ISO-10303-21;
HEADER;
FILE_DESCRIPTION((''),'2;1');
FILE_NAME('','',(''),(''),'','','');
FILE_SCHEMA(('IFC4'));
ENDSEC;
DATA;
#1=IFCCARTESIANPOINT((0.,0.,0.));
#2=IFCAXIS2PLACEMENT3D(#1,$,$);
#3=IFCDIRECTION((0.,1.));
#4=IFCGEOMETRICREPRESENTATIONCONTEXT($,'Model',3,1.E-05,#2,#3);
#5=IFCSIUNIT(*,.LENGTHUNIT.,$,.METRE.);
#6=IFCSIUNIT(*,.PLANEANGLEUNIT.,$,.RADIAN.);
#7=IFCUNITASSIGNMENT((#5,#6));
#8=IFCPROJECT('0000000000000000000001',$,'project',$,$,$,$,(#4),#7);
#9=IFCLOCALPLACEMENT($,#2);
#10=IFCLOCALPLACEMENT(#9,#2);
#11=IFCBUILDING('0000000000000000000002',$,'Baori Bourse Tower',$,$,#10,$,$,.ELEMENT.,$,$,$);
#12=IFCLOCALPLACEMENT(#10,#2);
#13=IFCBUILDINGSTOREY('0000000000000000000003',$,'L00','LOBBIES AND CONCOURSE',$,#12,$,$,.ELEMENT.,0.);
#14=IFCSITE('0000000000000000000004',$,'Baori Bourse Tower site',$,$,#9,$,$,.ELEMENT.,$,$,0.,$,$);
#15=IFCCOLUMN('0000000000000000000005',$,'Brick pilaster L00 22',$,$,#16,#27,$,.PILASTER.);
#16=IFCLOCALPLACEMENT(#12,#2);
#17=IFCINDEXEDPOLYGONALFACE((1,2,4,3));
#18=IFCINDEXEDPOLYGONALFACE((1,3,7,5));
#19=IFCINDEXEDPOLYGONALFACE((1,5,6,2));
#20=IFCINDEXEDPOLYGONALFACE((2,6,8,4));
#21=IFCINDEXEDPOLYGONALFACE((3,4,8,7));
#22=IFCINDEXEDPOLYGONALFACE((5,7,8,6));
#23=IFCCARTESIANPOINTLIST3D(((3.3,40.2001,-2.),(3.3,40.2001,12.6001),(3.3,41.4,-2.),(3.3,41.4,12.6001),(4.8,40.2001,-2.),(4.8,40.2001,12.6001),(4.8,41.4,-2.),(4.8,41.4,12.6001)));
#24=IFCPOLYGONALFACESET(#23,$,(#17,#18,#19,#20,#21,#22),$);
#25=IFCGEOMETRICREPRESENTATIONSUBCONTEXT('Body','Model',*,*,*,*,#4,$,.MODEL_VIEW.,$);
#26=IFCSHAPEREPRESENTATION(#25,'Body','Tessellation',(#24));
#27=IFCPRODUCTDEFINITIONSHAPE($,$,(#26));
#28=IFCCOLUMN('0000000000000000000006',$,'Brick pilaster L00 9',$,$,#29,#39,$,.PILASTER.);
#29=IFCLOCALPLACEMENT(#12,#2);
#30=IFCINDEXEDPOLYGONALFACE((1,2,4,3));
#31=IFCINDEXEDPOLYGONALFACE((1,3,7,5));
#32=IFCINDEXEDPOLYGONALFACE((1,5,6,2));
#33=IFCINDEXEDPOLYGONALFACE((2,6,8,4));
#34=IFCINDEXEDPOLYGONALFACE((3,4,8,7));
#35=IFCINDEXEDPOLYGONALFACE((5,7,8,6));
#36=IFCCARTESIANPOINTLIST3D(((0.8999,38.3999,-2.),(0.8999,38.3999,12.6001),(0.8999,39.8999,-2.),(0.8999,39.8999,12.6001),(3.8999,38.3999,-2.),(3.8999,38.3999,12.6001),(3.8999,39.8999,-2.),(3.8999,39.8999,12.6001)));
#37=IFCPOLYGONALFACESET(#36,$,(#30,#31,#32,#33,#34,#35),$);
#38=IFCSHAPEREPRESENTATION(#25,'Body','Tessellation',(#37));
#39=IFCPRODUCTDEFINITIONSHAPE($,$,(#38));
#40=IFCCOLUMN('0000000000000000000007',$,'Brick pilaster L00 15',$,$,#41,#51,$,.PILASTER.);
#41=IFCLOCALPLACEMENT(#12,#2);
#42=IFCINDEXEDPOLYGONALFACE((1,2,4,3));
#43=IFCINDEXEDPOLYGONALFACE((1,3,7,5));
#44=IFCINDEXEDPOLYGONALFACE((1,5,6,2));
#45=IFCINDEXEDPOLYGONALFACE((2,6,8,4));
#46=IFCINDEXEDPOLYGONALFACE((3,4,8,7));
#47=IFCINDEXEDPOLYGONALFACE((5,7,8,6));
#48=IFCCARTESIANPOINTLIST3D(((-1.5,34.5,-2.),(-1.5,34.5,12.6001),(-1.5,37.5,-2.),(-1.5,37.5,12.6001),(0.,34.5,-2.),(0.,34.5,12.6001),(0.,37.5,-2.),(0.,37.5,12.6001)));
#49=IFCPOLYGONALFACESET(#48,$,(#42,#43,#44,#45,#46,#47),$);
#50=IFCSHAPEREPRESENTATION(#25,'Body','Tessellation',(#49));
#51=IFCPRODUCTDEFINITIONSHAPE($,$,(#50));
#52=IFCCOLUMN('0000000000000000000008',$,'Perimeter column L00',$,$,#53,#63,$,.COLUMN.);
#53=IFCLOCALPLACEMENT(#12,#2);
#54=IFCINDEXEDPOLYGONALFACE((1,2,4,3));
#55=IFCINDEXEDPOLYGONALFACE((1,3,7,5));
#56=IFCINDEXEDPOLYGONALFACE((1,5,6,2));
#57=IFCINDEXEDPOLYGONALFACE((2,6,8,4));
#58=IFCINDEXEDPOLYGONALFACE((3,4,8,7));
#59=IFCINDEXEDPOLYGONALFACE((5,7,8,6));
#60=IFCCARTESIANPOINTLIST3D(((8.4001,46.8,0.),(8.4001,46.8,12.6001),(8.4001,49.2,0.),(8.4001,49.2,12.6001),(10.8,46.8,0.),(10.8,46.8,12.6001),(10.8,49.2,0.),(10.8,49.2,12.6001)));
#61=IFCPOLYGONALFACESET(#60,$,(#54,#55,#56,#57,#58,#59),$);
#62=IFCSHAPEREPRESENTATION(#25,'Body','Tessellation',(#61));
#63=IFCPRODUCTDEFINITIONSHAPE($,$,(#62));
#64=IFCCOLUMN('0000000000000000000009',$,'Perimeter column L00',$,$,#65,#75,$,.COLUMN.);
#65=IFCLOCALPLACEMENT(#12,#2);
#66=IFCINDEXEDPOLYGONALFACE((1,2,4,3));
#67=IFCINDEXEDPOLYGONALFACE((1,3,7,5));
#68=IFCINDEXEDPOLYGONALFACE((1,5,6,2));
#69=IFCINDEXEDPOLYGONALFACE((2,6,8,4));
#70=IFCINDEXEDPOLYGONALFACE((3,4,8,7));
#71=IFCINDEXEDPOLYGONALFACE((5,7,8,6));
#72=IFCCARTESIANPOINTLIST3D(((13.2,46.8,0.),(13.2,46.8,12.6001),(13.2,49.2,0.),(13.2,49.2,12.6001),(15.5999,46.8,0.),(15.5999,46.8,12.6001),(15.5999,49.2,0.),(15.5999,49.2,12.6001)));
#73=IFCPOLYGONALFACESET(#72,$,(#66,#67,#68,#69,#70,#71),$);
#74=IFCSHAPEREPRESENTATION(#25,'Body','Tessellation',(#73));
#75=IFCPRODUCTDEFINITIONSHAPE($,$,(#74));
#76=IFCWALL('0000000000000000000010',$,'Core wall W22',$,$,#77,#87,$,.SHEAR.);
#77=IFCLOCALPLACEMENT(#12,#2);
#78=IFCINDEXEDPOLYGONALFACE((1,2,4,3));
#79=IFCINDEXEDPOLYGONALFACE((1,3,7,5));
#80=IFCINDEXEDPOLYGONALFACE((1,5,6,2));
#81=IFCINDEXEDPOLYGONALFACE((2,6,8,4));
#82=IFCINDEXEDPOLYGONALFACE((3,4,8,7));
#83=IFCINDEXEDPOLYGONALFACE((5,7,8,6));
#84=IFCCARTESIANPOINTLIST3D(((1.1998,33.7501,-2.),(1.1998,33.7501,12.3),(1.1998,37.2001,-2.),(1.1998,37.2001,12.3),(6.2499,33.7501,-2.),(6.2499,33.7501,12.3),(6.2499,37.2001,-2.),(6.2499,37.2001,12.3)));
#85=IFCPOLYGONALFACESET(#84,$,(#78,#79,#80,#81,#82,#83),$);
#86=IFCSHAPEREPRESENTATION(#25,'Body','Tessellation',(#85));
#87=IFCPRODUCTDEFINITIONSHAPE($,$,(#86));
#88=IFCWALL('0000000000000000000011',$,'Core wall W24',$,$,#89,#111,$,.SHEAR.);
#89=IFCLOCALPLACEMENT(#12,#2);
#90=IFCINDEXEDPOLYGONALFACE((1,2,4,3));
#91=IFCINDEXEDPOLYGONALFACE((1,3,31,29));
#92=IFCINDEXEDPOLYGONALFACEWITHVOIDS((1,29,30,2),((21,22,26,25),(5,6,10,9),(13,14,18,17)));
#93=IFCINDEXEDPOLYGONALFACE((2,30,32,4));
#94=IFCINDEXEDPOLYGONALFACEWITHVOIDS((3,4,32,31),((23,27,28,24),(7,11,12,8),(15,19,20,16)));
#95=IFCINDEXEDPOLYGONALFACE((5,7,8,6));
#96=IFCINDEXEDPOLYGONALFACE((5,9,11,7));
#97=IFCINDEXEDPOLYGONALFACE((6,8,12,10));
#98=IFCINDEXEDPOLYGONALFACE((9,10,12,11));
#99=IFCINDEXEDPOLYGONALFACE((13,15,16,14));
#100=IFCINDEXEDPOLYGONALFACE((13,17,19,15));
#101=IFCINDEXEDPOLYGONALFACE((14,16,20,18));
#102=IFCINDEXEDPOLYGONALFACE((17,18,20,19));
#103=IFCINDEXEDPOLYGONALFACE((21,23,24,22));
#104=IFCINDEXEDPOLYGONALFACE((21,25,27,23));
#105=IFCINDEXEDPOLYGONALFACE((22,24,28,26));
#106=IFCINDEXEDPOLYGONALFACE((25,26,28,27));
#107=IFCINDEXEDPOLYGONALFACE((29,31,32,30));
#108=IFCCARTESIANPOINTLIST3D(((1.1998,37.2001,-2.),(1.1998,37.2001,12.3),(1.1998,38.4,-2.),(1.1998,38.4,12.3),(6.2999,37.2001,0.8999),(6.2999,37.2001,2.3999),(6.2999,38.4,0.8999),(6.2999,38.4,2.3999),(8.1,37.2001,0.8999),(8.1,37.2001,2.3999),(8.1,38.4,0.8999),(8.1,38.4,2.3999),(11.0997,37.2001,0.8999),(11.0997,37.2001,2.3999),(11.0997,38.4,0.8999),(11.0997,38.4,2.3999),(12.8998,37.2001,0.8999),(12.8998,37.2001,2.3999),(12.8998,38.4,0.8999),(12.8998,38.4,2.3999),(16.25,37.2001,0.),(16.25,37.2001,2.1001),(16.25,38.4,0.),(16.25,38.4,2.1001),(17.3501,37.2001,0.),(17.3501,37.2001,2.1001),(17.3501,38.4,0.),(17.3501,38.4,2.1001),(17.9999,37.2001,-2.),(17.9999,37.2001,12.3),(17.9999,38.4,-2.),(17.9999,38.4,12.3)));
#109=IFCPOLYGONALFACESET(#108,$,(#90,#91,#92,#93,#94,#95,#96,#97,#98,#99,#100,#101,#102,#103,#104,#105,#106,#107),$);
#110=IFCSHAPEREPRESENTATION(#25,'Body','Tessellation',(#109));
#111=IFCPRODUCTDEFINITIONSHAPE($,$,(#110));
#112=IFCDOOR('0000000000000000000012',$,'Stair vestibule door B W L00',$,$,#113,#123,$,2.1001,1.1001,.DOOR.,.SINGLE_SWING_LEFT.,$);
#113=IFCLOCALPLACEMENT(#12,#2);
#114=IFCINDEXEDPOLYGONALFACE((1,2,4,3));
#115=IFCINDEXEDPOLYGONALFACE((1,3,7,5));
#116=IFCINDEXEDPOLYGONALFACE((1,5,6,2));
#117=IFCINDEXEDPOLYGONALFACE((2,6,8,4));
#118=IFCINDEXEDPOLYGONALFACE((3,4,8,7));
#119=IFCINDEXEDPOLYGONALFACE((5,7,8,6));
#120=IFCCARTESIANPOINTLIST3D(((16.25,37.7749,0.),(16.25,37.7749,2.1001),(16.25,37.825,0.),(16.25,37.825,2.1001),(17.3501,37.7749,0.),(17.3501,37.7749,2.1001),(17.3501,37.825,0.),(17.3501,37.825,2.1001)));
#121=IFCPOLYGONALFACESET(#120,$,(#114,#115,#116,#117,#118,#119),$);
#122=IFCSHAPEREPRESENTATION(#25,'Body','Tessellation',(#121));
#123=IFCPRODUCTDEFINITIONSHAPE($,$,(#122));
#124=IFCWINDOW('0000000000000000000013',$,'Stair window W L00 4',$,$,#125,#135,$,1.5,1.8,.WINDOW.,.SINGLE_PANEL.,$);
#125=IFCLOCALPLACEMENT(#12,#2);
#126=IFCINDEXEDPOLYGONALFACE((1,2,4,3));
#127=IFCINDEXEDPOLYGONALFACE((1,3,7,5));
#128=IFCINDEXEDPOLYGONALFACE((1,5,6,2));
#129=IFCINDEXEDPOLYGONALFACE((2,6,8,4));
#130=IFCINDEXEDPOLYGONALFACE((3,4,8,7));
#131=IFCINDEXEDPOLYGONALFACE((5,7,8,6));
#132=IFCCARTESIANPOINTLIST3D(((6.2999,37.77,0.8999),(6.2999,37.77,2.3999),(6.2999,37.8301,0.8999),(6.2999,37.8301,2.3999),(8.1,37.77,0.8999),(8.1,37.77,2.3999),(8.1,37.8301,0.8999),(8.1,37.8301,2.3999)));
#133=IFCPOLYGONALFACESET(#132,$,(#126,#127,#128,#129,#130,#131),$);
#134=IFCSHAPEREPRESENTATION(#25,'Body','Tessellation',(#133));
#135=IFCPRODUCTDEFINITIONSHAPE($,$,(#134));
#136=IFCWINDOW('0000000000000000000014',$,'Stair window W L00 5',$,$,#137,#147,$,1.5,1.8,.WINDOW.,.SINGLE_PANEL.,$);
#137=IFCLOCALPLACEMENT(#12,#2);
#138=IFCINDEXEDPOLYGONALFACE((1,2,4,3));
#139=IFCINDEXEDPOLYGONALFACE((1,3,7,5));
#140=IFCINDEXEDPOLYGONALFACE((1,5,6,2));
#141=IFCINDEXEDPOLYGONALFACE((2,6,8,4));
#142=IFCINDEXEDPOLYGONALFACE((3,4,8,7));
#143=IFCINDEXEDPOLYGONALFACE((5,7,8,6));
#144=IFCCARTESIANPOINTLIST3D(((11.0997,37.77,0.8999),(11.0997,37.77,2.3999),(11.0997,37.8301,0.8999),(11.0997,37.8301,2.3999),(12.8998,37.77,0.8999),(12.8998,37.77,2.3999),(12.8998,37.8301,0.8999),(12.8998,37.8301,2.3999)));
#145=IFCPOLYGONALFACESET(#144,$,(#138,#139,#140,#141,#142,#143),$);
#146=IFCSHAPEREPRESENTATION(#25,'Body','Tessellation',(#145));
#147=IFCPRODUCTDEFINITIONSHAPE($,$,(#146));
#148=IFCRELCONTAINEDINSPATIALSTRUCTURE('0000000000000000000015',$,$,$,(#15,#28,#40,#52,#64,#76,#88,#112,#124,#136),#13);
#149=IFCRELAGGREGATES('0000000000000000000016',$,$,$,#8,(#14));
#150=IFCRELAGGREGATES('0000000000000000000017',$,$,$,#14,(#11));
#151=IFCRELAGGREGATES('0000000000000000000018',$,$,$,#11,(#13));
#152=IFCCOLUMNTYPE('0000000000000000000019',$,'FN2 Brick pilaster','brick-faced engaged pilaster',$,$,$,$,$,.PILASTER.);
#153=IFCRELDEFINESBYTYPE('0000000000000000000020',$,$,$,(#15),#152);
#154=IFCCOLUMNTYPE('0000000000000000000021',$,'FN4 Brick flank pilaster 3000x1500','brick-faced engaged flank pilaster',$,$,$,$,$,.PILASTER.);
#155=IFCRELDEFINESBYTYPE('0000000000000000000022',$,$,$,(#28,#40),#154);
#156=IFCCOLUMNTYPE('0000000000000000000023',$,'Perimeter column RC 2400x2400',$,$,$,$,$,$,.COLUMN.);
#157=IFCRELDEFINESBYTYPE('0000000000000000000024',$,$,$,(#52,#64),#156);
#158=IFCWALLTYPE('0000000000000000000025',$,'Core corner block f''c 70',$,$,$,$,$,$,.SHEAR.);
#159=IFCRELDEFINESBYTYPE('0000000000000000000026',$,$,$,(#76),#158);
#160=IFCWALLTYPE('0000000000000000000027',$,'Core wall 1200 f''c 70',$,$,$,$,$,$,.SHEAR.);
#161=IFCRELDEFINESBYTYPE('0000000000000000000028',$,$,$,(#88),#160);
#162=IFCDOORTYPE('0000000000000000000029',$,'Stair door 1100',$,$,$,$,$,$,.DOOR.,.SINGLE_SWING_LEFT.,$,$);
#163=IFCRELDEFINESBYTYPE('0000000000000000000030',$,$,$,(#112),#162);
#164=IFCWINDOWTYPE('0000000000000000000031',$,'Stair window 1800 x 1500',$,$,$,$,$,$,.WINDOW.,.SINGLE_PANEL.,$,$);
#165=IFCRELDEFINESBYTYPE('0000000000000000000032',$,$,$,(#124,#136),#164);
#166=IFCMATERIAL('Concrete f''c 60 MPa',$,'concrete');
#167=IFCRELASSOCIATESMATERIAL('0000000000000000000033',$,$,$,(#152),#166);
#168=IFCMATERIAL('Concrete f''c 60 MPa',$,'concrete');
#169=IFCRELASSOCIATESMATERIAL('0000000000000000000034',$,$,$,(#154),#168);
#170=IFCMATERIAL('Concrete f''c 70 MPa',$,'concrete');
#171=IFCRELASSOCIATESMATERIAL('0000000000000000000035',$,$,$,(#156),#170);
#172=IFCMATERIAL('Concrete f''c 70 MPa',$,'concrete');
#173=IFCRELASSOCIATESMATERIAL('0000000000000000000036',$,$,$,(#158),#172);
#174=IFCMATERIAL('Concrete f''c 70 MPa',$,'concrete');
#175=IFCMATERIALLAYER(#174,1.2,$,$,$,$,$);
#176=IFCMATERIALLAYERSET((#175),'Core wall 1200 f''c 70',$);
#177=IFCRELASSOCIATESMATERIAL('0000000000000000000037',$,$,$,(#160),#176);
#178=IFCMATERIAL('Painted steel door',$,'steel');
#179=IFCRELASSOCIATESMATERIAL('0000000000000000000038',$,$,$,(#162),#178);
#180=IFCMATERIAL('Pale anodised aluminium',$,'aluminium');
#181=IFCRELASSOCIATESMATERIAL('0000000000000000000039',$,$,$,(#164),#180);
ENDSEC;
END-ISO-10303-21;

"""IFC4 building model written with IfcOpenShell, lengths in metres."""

from ifc_helpers import new_model, si_unit, direction, frame, frame_2d, origin, origin_2d, place, context, subcontext, project, spatial, rectangle, extrude, material, layer, layer_set, material_profile, profile_set, type_object, element, fill, save


model = new_model("IFC4")

# Units and contexts
model_context = context("Model", 3, precision=1e-05, world=origin(), true_north=direction((0.0, 1.0)))
body_context = subcontext(model_context, "Body", "Model", "MODEL_VIEW")
ifc_project = project(units=[si_unit("LENGTHUNIT", "METRE"), si_unit("PLANEANGLEUNIT", "RADIAN")], contexts=[model_context])

# Site, building, storey
site_placement = place(None, origin())
site = spatial("IfcSite", under=ifc_project, at=site_placement, Name="Baori Bourse Tower site", CompositionType="ELEMENT", RefElevation=0.0)
building_placement = place(site_placement, origin())
building = spatial("IfcBuilding", under=site, at=building_placement, Name="Baori Bourse Tower", CompositionType="ELEMENT")
storey_placement = place(building_placement, origin())
storey = spatial("IfcBuildingStorey", under=building, at=storey_placement, Name="L00", Description="LOBBIES AND CONCOURSE", CompositionType="ELEMENT", Elevation=0.0)

# Columns
ifc_material_1 = material(Name="Concrete f'c 60 MPa", Category="concrete")
ifc_material_profile_1 = material_profile(ifc_material_1, rectangle(XDim=1.2, YDim=1.5, at=origin_2d()), Name="RC 1200x1500")
ifc_profile_set_1 = profile_set([ifc_material_profile_1], Name="Concrete f'c 60 MPa")
column_type_1 = type_object("IfcColumnType", Name="FN2 Brick pilaster", Description="brick-faced engaged pilaster", PredefinedType="PILASTER", material=ifc_profile_set_1)
for number, where, z_axis, x_axis, name in (
    (1, (4.05, 40.8, -2.0), (0.0, 0.0, 1.0), (0.0, 1.0, 0.0), "Brick pilaster L00 22"),
):
    element("IfcColumn", number, at=place(storey_placement, frame(where, z_axis=z_axis, x_axis=x_axis)), inside=storey, type_object=column_type_1, Name=name, PredefinedType="PILASTER", context=body_context, shape_type="SweptSolid", body=[
        extrude(rectangle(XDim=1.2, YDim=1.5, at=origin_2d()), origin(), (0.0, 0.0, 1.0), 14.6001),
    ])
ifc_material_2 = material(Name="Concrete f'c 60 MPa", Category="concrete")
ifc_material_profile_2 = material_profile(ifc_material_2, rectangle(XDim=3.0, YDim=1.5, at=origin_2d()), Name="RC 3000x1500")
ifc_profile_set_2 = profile_set([ifc_material_profile_2], Name="Concrete f'c 60 MPa")
column_type_2 = type_object("IfcColumnType", Name="FN4 Brick flank pilaster 3000x1500", Description="brick-faced engaged flank pilaster", PredefinedType="PILASTER", material=ifc_profile_set_2)
for number, where, z_axis, x_axis, name in (
    (2, (2.3999, 39.1499, -2.0), (0.0, 0.0, 1.0), (1.0, 0.0, 0.0), "Brick pilaster L00 9"),
    (3, (-0.75, 36.0, -2.0), (0.0, 0.0, 1.0), (0.0, 1.0, 0.0), "Brick pilaster L00 15"),
):
    element("IfcColumn", number, at=place(storey_placement, frame(where, z_axis=z_axis, x_axis=x_axis)), inside=storey, type_object=column_type_2, Name=name, PredefinedType="PILASTER", context=body_context, shape_type="SweptSolid", body=[
        extrude(rectangle(XDim=3.0, YDim=1.5, at=origin_2d()), origin(), (0.0, 0.0, 1.0), 14.6001),
    ])
ifc_material_3 = material(Name="Concrete f'c 70 MPa", Category="concrete")
ifc_material_profile_3 = material_profile(ifc_material_3, rectangle(XDim=2.3999, YDim=2.3999, at=origin_2d()), Name="RC 2400x2400")
ifc_profile_set_3 = profile_set([ifc_material_profile_3], Name="Concrete f'c 70 MPa")
column_type_3 = type_object("IfcColumnType", Name="Perimeter column RC 2400x2400", PredefinedType="COLUMN", material=ifc_profile_set_3)
for number, where, z_axis, x_axis, name in (
    (4, (9.6001, 48.0, 0.0), (0.0, 0.0, 1.0), (1.0, 0.0, 0.0), "Perimeter column L00"),
    (5, (14.3999, 48.0, 0.0), (0.0, 0.0, 1.0), (1.0, 0.0, 0.0), "Perimeter column L00"),
):
    element("IfcColumn", number, at=place(storey_placement, frame(where, z_axis=z_axis, x_axis=x_axis)), inside=storey, type_object=column_type_3, Name=name, PredefinedType="COLUMN", context=body_context, shape_type="SweptSolid", body=[
        extrude(rectangle(XDim=2.3999, YDim=2.3999, at=origin_2d()), origin(), (0.0, 0.0, 1.0), 12.6001),
    ])

# Wall
ifc_material_4 = material(Name="Concrete f'c 70 MPa", Category="concrete")
wall_type_1 = type_object("IfcWallType", Name="Core corner block f'c 70", PredefinedType="SHEAR", material=ifc_material_4)
wall_1_placement = place(storey_placement, frame((1.2, 35.4751, -2.0), z_axis=(0.0, 0.0, 1.0), x_axis=(1.0, 0.0, 0.0)))
element("IfcWall", 6, at=wall_1_placement, inside=storey, type_object=wall_type_1, Name="Core wall W22", PredefinedType="SHEAR", context=body_context, shape_type="SweptSolid", body=[
    extrude(rectangle(XDim=5.05, YDim=3.45, at=frame_2d((2.5249, 0.0))), origin(), (0.0, 0.0, 1.0), 14.3),
])

# Wall, openings, door, windows
ifc_material_5 = material(Name="Concrete f'c 70 MPa", Category="concrete")
ifc_layer = layer(ifc_material_5, 1.2)
ifc_layer_set = layer_set([ifc_layer], Name="Core wall 1200 f'c 70")
wall_type_2 = type_object("IfcWallType", Name="Core wall 1200 f'c 70", PredefinedType="SHEAR", material=ifc_layer_set)
wall_2_placement = place(storey_placement, frame((1.2, 37.8, -2.0), z_axis=(0.0, 0.0, 1.0), x_axis=(1.0, 0.0, 0.0)))
wall_2 = element("IfcWall", 7, at=wall_2_placement, inside=storey, type_object=wall_type_2, Name="Core wall W24", PredefinedType="SHEAR", context=body_context, shape_type="SweptSolid", body=[
    extrude(rectangle(XDim=16.8, YDim=1.2, at=frame_2d((8.3999, 0.0))), origin(), (0.0, 0.0, 1.0), 14.3),
])
opening_1_placement = place(wall_2_placement, frame((15.05, 0.0, 2.0)))
opening_1 = element("IfcOpeningElement", 8, at=opening_1_placement, cuts=wall_2, PredefinedType="OPENING", context=body_context, shape_type="SweptSolid", body=[
    extrude(rectangle(XDim=1.1001, YDim=2.1001, at=frame_2d((0.55, 1.05))), frame((0.0, 0.6099, 0.0), z_axis=(0.0, -1.0, 0.0), x_axis=(1.0, 0.0, 0.0)), (0.0, 0.0, 1.0), 1.22),
])
opening_2_placement = place(wall_2_placement, frame((5.1001, 0.0, 2.8999)))
opening_2 = element("IfcOpeningElement", 9, at=opening_2_placement, cuts=wall_2, PredefinedType="OPENING", context=body_context, shape_type="SweptSolid", body=[
    extrude(rectangle(XDim=1.8, YDim=1.5, at=frame_2d((0.8999, 0.75))), frame((0.0, 0.6099, 0.0), z_axis=(0.0, -1.0, 0.0), x_axis=(1.0, 0.0, 0.0)), (0.0, 0.0, 1.0), 1.22),
])
opening_3_placement = place(wall_2_placement, frame((9.8999, 0.0, 2.8999)))
opening_3 = element("IfcOpeningElement", 10, at=opening_3_placement, cuts=wall_2, PredefinedType="OPENING", context=body_context, shape_type="SweptSolid", body=[
    extrude(rectangle(XDim=1.8, YDim=1.5, at=frame_2d((0.8999, 0.75))), frame((0.0, 0.6099, 0.0), z_axis=(0.0, -1.0, 0.0), x_axis=(1.0, 0.0, 0.0)), (0.0, 0.0, 1.0), 1.22),
])
ifc_material_6 = material(Name="Painted steel door", Category="steel")
door_type = type_object("IfcDoorType", Name="Stair door 1100", OperationType="SINGLE_SWING_LEFT", PredefinedType="DOOR", material=ifc_material_6)
door_placement = place(opening_1_placement, origin())
door = element("IfcDoor", 11, at=door_placement, inside=storey, type_object=door_type, Name="Stair vestibule door B W L00", OperationType="SINGLE_SWING_LEFT", OverallHeight=2.1001, OverallWidth=1.1001, PredefinedType="DOOR", context=body_context, shape_type="SweptSolid", body=[
    extrude(rectangle(XDim=1.1001, YDim=2.1001, at=frame_2d((0.55, 1.05))), frame((0.0, 0.0249, 0.0), z_axis=(0.0, -1.0, 0.0), x_axis=(1.0, 0.0, 0.0)), (0.0, 0.0, 1.0), 0.05),
])
fill(opening_1, door)
ifc_material_7 = material(Name="Pale anodised aluminium", Category="aluminium")
window_type = type_object("IfcWindowType", Name="Stair window 1800 x 1500", PartitioningType="SINGLE_PANEL", PredefinedType="WINDOW", material=ifc_material_7)
window_1_placement = place(opening_2_placement, origin())
window_1 = element("IfcWindow", 12, at=window_1_placement, inside=storey, type_object=window_type, Name="Stair window W L00 4", OverallHeight=1.5, OverallWidth=1.8, PartitioningType="SINGLE_PANEL", PredefinedType="WINDOW", context=body_context, shape_type="SweptSolid", body=[
    extrude(rectangle(XDim=1.8, YDim=1.5, at=frame_2d((0.8999, 0.75))), frame((0.0, 0.03, 0.0), z_axis=(0.0, -1.0, 0.0), x_axis=(1.0, 0.0, 0.0)), (0.0, 0.0, 1.0), 0.0601),
])
fill(opening_2, window_1)
window_2_placement = place(opening_3_placement, origin())
window_2 = element("IfcWindow", 13, at=window_2_placement, inside=storey, type_object=window_type, Name="Stair window W L00 5", OverallHeight=1.5, OverallWidth=1.8, PartitioningType="SINGLE_PANEL", PredefinedType="WINDOW", context=body_context, shape_type="SweptSolid", body=[
    extrude(rectangle(XDim=1.8, YDim=1.5, at=frame_2d((0.8999, 0.75))), frame((0.0, 0.03, 0.0), z_axis=(0.0, -1.0, 0.0), x_axis=(1.0, 0.0, 0.0)), (0.0, 0.0, 1.0), 0.0601),
])
fill(opening_3, window_2)

save(model, "model.ifc")
